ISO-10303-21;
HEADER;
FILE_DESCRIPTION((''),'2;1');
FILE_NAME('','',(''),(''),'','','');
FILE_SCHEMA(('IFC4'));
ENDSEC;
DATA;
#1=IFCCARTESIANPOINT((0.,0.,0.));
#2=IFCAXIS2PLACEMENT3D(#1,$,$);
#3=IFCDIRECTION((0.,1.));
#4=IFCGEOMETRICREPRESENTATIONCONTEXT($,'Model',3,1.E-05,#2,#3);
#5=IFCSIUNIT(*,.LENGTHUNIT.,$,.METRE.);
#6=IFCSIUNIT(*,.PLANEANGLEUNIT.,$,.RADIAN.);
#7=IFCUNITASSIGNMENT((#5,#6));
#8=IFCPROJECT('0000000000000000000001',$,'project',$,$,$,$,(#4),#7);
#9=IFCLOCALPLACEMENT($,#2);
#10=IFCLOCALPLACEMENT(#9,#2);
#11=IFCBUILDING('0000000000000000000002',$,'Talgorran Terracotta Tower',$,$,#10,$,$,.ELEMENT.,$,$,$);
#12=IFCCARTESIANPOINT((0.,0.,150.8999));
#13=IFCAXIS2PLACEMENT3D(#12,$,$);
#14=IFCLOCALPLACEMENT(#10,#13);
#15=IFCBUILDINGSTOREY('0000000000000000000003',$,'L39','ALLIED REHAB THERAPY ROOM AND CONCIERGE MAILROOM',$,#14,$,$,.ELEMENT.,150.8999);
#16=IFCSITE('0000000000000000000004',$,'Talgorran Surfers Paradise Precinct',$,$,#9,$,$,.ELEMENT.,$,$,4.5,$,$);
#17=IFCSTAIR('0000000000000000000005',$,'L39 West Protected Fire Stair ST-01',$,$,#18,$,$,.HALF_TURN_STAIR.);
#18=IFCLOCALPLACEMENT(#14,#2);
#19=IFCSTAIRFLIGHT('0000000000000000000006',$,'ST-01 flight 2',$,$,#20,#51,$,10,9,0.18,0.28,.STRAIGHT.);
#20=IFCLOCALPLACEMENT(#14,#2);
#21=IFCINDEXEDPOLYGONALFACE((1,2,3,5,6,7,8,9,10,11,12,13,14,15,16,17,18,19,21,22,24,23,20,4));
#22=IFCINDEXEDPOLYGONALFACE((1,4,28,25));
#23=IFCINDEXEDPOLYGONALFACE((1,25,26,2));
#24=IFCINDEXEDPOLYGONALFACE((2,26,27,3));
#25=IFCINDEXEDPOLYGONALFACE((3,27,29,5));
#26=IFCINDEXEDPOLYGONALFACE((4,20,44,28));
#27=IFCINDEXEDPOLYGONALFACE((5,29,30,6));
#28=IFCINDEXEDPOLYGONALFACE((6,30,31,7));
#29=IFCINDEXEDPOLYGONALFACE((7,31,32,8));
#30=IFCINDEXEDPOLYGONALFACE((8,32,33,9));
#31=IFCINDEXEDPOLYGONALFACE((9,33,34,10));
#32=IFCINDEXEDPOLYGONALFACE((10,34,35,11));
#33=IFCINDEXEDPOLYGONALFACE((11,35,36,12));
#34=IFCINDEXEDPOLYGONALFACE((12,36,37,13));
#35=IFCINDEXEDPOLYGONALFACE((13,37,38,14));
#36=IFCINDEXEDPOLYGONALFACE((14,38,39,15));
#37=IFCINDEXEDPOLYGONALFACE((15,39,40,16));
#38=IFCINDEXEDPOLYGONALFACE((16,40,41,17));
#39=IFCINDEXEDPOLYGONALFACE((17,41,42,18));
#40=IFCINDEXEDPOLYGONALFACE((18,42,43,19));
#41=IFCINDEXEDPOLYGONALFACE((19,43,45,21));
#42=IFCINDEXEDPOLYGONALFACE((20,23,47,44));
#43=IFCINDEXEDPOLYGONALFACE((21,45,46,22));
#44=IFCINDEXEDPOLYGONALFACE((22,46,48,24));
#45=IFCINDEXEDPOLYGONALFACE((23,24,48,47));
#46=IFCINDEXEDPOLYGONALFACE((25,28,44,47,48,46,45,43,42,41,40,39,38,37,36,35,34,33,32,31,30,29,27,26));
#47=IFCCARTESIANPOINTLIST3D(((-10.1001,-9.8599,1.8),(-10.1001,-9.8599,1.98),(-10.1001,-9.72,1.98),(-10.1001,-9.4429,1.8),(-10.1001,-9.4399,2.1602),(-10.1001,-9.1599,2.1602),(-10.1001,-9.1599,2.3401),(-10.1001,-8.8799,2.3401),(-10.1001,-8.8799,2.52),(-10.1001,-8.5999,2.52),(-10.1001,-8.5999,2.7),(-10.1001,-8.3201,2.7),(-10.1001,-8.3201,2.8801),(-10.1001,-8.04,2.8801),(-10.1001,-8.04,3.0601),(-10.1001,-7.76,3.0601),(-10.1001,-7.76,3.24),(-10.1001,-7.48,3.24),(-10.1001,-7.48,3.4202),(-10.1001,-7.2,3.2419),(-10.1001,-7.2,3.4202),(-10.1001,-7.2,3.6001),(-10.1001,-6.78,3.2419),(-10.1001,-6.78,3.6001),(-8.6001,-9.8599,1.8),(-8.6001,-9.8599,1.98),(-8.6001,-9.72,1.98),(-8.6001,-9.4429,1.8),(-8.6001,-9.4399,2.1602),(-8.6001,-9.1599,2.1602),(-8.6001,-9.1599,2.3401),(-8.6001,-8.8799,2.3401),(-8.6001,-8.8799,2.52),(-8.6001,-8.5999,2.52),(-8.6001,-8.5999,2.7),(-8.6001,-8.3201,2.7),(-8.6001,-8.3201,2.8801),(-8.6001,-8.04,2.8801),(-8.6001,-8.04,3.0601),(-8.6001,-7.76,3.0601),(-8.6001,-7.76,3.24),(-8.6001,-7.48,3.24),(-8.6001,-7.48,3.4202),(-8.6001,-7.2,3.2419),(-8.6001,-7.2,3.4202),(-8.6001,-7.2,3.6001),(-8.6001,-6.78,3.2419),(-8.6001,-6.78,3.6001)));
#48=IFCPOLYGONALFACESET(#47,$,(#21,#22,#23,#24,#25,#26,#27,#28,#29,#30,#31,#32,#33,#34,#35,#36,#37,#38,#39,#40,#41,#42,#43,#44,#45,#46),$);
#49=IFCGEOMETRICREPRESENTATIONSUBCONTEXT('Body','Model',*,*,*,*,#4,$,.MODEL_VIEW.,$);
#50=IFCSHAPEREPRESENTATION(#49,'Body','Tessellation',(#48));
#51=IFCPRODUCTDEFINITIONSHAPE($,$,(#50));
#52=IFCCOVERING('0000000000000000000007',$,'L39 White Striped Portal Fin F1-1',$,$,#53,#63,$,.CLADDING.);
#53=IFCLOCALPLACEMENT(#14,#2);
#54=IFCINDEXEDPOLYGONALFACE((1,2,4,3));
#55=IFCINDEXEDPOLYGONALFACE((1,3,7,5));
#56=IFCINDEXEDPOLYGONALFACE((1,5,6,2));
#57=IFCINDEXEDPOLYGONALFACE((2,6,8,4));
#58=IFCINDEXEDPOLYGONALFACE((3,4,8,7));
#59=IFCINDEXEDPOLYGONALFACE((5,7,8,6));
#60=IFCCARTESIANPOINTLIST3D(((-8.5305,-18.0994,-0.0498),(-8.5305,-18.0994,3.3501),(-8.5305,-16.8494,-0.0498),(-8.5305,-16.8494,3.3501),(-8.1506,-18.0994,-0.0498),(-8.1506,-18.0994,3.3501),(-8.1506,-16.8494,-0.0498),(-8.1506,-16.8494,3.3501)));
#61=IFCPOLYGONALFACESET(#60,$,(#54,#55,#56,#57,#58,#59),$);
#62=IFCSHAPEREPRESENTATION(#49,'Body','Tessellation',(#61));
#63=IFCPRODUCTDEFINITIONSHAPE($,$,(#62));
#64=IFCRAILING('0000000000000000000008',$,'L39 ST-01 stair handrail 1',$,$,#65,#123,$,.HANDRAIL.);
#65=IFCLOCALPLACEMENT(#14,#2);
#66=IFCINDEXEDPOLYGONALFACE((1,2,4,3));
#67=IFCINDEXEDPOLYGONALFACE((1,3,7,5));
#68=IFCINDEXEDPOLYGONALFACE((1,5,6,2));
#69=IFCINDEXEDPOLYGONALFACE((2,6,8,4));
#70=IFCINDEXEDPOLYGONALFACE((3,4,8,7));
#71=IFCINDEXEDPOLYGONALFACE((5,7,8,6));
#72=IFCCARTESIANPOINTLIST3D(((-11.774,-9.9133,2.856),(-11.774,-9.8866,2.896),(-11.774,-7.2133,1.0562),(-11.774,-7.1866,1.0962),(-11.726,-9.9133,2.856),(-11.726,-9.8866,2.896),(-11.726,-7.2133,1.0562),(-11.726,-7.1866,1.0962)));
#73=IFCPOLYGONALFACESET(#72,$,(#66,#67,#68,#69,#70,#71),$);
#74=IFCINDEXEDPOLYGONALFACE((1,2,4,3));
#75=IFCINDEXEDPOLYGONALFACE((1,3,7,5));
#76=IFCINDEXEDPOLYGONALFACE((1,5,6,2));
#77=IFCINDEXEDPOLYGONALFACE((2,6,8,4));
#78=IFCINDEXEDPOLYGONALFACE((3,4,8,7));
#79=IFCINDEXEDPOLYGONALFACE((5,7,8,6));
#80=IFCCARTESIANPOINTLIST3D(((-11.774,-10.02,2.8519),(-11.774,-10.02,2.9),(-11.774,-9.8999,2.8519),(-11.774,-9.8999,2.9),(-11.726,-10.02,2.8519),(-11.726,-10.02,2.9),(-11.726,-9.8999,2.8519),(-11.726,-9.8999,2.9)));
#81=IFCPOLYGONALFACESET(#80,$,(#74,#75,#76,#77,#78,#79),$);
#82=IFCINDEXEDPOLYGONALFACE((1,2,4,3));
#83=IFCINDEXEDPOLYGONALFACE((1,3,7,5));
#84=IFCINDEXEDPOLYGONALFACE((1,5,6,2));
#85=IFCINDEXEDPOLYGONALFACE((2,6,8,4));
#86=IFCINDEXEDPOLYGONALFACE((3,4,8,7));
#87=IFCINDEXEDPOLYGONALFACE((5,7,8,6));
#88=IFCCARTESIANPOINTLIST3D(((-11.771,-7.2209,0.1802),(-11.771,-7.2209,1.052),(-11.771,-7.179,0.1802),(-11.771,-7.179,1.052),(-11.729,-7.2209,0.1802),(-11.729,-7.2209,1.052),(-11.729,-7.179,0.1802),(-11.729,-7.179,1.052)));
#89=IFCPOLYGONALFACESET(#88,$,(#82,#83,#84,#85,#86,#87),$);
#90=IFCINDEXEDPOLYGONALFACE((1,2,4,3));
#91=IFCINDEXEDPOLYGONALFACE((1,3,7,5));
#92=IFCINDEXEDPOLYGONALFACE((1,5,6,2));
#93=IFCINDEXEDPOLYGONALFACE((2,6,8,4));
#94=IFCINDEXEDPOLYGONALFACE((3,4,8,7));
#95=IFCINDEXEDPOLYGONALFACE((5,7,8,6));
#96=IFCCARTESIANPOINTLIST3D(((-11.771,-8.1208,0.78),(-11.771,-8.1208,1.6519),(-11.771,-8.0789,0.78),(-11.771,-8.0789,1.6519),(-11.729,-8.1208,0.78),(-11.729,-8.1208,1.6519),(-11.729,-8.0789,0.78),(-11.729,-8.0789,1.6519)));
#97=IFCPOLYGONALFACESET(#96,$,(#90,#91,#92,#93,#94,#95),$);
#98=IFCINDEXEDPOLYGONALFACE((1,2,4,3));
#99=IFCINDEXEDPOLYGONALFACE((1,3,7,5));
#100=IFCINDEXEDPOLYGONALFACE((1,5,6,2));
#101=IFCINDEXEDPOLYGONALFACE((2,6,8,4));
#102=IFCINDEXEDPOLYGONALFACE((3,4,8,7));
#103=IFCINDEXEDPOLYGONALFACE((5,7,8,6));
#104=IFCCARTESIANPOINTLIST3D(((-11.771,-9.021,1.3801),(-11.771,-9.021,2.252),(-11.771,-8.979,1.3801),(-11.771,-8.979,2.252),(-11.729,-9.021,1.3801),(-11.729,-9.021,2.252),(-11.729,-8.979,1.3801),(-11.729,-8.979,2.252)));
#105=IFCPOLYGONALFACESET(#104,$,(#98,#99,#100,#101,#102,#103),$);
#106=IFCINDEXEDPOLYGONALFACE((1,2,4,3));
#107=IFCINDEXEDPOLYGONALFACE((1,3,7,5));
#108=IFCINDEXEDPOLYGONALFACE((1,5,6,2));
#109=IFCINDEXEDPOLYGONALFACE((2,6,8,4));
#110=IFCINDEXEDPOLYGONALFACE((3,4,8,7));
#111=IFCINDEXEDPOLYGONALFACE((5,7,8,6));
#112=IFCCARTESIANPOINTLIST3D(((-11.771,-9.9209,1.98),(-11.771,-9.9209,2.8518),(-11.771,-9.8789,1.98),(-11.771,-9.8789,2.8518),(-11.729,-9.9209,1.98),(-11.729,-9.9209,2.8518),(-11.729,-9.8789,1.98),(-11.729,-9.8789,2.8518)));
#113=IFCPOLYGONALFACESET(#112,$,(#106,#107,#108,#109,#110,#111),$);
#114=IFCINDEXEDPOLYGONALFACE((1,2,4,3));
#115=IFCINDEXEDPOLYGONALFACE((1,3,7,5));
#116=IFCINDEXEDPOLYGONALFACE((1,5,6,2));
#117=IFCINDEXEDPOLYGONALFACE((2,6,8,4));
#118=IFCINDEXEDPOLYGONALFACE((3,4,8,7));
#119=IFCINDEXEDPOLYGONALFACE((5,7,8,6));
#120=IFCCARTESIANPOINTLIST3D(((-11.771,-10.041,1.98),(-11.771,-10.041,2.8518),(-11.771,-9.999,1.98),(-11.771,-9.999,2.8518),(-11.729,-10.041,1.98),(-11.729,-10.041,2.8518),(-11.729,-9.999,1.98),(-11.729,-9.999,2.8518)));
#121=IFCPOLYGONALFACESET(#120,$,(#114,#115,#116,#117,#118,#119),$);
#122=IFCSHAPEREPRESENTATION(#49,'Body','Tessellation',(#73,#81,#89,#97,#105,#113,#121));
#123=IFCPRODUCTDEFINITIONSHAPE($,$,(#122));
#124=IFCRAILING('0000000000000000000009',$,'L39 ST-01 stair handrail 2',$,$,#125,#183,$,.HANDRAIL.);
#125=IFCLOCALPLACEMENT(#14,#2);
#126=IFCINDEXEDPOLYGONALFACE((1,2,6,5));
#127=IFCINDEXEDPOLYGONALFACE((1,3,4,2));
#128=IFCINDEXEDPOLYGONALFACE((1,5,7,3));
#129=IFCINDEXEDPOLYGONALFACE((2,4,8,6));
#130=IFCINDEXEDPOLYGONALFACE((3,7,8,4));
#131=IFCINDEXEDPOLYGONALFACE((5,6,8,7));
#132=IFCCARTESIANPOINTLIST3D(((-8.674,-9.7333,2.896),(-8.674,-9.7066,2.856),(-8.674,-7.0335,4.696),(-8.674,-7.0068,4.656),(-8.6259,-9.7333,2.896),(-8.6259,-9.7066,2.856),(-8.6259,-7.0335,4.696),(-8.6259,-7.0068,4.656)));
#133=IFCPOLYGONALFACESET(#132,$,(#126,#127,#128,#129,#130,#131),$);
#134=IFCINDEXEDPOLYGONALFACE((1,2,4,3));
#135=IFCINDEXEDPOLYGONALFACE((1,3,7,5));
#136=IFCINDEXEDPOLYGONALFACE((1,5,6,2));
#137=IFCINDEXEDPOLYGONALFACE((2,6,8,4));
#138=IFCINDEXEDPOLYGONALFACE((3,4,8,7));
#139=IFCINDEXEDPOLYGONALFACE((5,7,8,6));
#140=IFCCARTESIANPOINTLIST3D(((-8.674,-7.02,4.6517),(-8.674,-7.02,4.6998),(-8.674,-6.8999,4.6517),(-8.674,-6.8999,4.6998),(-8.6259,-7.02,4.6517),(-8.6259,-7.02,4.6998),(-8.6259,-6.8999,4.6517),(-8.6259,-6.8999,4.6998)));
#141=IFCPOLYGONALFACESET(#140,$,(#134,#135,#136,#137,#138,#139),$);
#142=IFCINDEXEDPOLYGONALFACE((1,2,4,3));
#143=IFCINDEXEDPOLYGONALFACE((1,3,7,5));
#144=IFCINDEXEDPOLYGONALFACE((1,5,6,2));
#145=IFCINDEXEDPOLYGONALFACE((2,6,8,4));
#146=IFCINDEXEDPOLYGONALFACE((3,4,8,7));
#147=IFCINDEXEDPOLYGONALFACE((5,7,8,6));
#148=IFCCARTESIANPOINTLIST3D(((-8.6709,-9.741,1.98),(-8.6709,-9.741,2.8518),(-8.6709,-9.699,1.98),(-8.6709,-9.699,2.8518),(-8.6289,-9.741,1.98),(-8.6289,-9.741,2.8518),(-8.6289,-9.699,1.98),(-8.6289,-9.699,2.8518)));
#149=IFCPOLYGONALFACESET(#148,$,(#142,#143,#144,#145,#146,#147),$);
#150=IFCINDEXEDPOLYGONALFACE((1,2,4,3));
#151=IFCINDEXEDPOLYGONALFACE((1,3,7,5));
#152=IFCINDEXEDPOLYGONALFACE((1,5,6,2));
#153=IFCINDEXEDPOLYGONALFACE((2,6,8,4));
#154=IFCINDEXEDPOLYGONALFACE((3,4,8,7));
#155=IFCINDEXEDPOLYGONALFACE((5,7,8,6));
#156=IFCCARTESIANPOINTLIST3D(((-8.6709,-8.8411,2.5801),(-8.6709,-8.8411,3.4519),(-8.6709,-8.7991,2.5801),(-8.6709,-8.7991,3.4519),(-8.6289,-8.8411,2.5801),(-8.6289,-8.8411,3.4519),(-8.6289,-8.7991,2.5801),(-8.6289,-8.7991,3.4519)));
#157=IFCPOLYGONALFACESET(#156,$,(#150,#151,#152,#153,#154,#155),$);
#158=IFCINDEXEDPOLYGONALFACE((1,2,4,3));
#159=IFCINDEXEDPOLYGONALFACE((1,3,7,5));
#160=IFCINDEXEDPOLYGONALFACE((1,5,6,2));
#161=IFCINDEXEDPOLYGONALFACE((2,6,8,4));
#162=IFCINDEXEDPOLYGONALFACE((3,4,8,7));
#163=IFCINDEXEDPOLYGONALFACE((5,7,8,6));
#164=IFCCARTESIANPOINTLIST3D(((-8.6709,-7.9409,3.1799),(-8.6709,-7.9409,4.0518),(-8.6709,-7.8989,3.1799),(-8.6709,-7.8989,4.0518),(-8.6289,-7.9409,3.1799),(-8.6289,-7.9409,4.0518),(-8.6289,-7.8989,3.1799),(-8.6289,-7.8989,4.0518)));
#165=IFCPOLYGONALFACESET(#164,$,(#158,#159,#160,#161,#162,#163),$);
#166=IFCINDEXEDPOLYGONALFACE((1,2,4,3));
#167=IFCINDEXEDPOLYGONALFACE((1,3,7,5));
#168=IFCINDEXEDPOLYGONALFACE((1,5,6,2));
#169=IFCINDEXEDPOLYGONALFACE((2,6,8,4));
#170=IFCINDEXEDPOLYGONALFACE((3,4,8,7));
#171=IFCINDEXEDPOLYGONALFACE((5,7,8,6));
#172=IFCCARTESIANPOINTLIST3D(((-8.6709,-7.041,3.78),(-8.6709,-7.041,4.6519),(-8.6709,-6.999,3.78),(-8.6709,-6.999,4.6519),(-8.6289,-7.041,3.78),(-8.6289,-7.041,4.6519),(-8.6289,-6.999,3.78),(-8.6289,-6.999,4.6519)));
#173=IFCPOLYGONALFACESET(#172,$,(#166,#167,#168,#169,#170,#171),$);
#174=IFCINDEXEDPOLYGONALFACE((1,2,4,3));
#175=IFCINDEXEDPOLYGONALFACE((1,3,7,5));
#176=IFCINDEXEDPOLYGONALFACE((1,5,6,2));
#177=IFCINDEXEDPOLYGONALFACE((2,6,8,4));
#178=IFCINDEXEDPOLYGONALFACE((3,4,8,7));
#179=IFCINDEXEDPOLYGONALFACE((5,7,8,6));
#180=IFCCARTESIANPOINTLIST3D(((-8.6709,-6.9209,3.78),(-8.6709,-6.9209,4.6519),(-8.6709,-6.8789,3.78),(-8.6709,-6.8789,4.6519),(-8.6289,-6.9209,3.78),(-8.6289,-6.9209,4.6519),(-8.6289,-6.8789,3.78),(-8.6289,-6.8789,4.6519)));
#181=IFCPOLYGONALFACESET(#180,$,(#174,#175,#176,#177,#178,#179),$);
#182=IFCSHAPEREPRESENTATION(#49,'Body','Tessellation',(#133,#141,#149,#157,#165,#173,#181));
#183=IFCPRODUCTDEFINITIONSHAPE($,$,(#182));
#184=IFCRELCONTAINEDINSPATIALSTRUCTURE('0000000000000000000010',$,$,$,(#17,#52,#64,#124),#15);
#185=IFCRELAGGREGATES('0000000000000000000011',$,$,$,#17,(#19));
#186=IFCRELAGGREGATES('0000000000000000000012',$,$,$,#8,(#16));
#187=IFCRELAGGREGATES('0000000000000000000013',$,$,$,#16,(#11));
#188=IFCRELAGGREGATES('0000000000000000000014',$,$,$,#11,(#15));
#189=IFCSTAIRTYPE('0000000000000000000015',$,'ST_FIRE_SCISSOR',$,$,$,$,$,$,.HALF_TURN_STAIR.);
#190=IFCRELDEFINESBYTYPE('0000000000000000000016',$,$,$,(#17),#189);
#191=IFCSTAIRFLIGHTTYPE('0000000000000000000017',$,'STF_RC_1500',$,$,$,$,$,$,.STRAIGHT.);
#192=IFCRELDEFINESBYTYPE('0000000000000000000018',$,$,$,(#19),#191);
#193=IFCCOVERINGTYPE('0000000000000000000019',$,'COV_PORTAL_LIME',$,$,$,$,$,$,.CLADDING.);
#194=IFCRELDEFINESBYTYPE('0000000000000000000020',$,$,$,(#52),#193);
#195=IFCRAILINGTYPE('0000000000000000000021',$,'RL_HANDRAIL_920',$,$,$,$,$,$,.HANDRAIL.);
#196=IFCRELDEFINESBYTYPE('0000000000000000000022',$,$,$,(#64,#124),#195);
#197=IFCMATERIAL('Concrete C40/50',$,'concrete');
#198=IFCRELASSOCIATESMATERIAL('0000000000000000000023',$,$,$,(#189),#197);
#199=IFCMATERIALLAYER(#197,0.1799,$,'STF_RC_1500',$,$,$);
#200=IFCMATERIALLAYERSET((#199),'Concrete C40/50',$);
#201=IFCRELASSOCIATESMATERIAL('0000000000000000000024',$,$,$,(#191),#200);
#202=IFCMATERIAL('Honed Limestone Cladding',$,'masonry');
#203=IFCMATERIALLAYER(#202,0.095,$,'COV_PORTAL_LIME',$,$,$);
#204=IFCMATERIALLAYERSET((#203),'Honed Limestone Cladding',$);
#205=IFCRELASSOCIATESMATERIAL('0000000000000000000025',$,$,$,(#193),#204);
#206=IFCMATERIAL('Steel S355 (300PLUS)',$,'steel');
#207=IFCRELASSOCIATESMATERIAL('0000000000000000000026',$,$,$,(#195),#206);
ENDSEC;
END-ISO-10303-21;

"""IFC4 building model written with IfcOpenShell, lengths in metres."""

from ifc_helpers import new_model, si_unit, direction, frame, origin, origin_2d, place, context, subcontext, project, spatial, polyline, rectangle, outline, extrude, material, layer, layer_set, type_object, element, aggregate, save


model = new_model("IFC4")

# Units and contexts
model_context = context("Model", 3, precision=1e-05, world=origin(), true_north=direction((0.0, 1.0)))
body_context = subcontext(model_context, "Body", "Model", "MODEL_VIEW")
ifc_project = project(units=[si_unit("LENGTHUNIT", "METRE"), si_unit("PLANEANGLEUNIT", "RADIAN")], contexts=[model_context])

# Site, building, storey
site_placement = place(None, origin())
site = spatial("IfcSite", under=ifc_project, at=site_placement, Name="Talgorran Surfers Paradise Precinct", CompositionType="ELEMENT", RefElevation=4.5)
building_placement = place(site_placement, origin())
building = spatial("IfcBuilding", under=site, at=building_placement, Name="Talgorran Terracotta Tower", CompositionType="ELEMENT")
storey_placement = place(building_placement, frame((0.0, 0.0, 150.8999)))
storey = spatial("IfcBuildingStorey", under=building, at=storey_placement, Name="L39", Description="ALLIED REHAB THERAPY ROOM AND CONCIERGE MAILROOM", CompositionType="ELEMENT", Elevation=150.8999)

# Shared definitions
ifc_material_1 = material(Name="Steel S355 (300PLUS)", Category="steel")

# Stair, stair flight
ifc_material_2 = material(Name="Concrete C40/50", Category="concrete")
stair_type = type_object("IfcStairType", Name="ST_FIRE_SCISSOR", PredefinedType="HALF_TURN_STAIR", material=ifc_material_2)
stair_placement = place(storey_placement, origin())
stair = element("IfcStair", 1, at=stair_placement, inside=storey, type_object=stair_type, Name="L39 West Protected Fire Stair ST-01", PredefinedType="HALF_TURN_STAIR")
ifc_layer_1 = layer(ifc_material_2, 0.1799, Name="STF_RC_1500")
ifc_layer_set_1 = layer_set([ifc_layer_1], Name="Concrete C40/50")
stair_flight_type = type_object("IfcStairFlightType", Name="STF_RC_1500", PredefinedType="STRAIGHT", material=ifc_layer_set_1)
stair_flight_1_placement = place(storey_placement, frame((-9.3501, -9.72, 1.8), z_axis=(0.0, 0.0, 1.0), x_axis=(0.0, 1.0, 0.0)))
stair_flight_1 = element("IfcStairFlight", 2, at=stair_flight_1_placement, type_object=stair_flight_type, Name="ST-01 flight 2", NumberOfRisers=10, NumberOfTreads=9, PredefinedType="STRAIGHT", RiserHeight=0.18, TreadLength=0.28, context=body_context, shape_type="SweptSolid", body=[
    extrude(outline(polyline([(-0.1399, 0.0), (-0.1399, 0.1799), (0.0, 0.1799), (0.28, 0.3601), (0.5601, 0.3601), (0.5601, 0.54), (0.8401, 0.54), (0.8401, 0.72), (1.1201, 0.72), (1.1201, 0.8999), (1.3999, 0.8999), (1.3999, 1.0801), (1.6799, 1.0801), (1.6799, 1.26), (1.96, 1.26), (1.96, 1.4399), (2.24, 1.4399), (2.24, 1.6201), (2.52, 1.6201), (2.52, 1.8), (2.9399, 1.8), (2.9399, 1.4419), (2.52, 1.4419), (0.2771, 0.0), (-0.1399, 0.0)])), frame((0.0, 0.75, 0.0), z_axis=(0.0, -1.0, 0.0), x_axis=(1.0, 0.0, 0.0)), (0.0, 0.0, 1.0), 1.5),
])
aggregate(stair, [stair_flight_1])

# Covering
ifc_material_3 = material(Name="Honed Limestone Cladding", Category="masonry")
ifc_layer_2 = layer(ifc_material_3, 0.095, Name="COV_PORTAL_LIME")
ifc_layer_set_2 = layer_set([ifc_layer_2], Name="Honed Limestone Cladding")
covering_type = type_object("IfcCoveringType", Name="COV_PORTAL_LIME", PredefinedType="CLADDING", material=ifc_layer_set_2)
covering_placement = place(storey_placement, frame((-8.3406, -17.4744, -0.0498), z_axis=(0.0, 0.0, 1.0), x_axis=(1.0, 0.0, 0.0)))
element("IfcCovering", 3, at=covering_placement, inside=storey, type_object=covering_type, Name="L39 White Striped Portal Fin F1-1", PredefinedType="CLADDING", context=body_context, shape_type="SweptSolid", body=[
    extrude(rectangle(XDim=0.3799, YDim=1.25, at=origin_2d()), origin(), (0.0, 0.0, 1.0), 3.3999),
])

# Railings
railing_type_1 = type_object("IfcRailingType", Name="RL_HANDRAIL_920", PredefinedType="HANDRAIL", material=ifc_material_1)
railing_1_placement = place(storey_placement, frame((-11.75, -7.2, 0.1802)))
element("IfcRailing", 4, at=railing_1_placement, inside=storey, type_object=railing_type_1, Name="L39 ST-01 stair handrail 1", PredefinedType="HANDRAIL", context=body_context, shape_type="SweptSolid", body=[
    extrude(rectangle(XDim=0.0481, YDim=0.0481, at=origin_2d()), frame((0.0, 0.0, 0.896), z_axis=(0.0, -0.832073, 0.554665), x_axis=(1.0, 0.0, 0.0)), (0.0, 0.0, 1.0), 3.2449),
    extrude(rectangle(XDim=0.0481, YDim=0.0481, at=origin_2d()), frame((0.0, -2.7, 2.6958), z_axis=(0.0, -1.0, 0.0), x_axis=(1.0, 0.0, 0.0)), (0.0, 0.0, 1.0), 0.1201),
    extrude(rectangle(XDim=0.042, YDim=0.042, at=origin_2d()), origin(), (0.0, 0.0, 1.0), 0.8718),
    extrude(rectangle(XDim=0.042, YDim=0.042, at=origin_2d()), frame((0.0, -0.8999, 0.5999)), (0.0, 0.0, 1.0), 0.8718),
    extrude(rectangle(XDim=0.042, YDim=0.042, at=origin_2d()), frame((0.0, -1.8, 1.2)), (0.0, 0.0, 1.0), 0.8718),
    extrude(rectangle(XDim=0.042, YDim=0.042, at=origin_2d()), frame((0.0, -2.7, 1.7998)), (0.0, 0.0, 1.0), 0.8718),
    extrude(rectangle(XDim=0.042, YDim=0.042, at=origin_2d()), frame((0.0, -2.8201, 1.7998)), (0.0, 0.0, 1.0), 0.8718),
])
railing_2_placement = place(storey_placement, frame((-8.6499, -9.72, 1.98)))
element("IfcRailing", 5, at=railing_2_placement, inside=storey, type_object=railing_type_1, Name="L39 ST-01 stair handrail 2", PredefinedType="HANDRAIL", context=body_context, shape_type="SweptSolid", body=[
    extrude(rectangle(XDim=0.0481, YDim=0.0481, at=origin_2d()), frame((0.0, 0.0, 0.896), z_axis=(0.0, 0.832039, 0.554718), x_axis=(-1.0, 0.0, 0.0)), (0.0, 0.0, 1.0), 3.2449),
    extrude(rectangle(XDim=0.0481, YDim=0.0481, at=origin_2d()), frame((0.0, 2.7, 2.6958), z_axis=(0.0, 1.0, 0.0), x_axis=(-1.0, 0.0, 0.0)), (0.0, 0.0, 1.0), 0.1201),
    extrude(rectangle(XDim=0.042, YDim=0.042, at=origin_2d()), origin(), (0.0, 0.0, 1.0), 0.8718),
    extrude(rectangle(XDim=0.042, YDim=0.042, at=origin_2d()), frame((0.0, 0.8999, 0.6001)), (0.0, 0.0, 1.0), 0.8718),
    extrude(rectangle(XDim=0.042, YDim=0.042, at=origin_2d()), frame((0.0, 1.8, 1.2)), (0.0, 0.0, 1.0), 0.8718),
    extrude(rectangle(XDim=0.042, YDim=0.042, at=origin_2d()), frame((0.0, 2.7, 1.8)), (0.0, 0.0, 1.0), 0.8718),
    extrude(rectangle(XDim=0.042, YDim=0.042, at=origin_2d()), frame((0.0, 2.8201, 1.8)), (0.0, 0.0, 1.0), 0.8718),
])

save(model, "model.ifc")
